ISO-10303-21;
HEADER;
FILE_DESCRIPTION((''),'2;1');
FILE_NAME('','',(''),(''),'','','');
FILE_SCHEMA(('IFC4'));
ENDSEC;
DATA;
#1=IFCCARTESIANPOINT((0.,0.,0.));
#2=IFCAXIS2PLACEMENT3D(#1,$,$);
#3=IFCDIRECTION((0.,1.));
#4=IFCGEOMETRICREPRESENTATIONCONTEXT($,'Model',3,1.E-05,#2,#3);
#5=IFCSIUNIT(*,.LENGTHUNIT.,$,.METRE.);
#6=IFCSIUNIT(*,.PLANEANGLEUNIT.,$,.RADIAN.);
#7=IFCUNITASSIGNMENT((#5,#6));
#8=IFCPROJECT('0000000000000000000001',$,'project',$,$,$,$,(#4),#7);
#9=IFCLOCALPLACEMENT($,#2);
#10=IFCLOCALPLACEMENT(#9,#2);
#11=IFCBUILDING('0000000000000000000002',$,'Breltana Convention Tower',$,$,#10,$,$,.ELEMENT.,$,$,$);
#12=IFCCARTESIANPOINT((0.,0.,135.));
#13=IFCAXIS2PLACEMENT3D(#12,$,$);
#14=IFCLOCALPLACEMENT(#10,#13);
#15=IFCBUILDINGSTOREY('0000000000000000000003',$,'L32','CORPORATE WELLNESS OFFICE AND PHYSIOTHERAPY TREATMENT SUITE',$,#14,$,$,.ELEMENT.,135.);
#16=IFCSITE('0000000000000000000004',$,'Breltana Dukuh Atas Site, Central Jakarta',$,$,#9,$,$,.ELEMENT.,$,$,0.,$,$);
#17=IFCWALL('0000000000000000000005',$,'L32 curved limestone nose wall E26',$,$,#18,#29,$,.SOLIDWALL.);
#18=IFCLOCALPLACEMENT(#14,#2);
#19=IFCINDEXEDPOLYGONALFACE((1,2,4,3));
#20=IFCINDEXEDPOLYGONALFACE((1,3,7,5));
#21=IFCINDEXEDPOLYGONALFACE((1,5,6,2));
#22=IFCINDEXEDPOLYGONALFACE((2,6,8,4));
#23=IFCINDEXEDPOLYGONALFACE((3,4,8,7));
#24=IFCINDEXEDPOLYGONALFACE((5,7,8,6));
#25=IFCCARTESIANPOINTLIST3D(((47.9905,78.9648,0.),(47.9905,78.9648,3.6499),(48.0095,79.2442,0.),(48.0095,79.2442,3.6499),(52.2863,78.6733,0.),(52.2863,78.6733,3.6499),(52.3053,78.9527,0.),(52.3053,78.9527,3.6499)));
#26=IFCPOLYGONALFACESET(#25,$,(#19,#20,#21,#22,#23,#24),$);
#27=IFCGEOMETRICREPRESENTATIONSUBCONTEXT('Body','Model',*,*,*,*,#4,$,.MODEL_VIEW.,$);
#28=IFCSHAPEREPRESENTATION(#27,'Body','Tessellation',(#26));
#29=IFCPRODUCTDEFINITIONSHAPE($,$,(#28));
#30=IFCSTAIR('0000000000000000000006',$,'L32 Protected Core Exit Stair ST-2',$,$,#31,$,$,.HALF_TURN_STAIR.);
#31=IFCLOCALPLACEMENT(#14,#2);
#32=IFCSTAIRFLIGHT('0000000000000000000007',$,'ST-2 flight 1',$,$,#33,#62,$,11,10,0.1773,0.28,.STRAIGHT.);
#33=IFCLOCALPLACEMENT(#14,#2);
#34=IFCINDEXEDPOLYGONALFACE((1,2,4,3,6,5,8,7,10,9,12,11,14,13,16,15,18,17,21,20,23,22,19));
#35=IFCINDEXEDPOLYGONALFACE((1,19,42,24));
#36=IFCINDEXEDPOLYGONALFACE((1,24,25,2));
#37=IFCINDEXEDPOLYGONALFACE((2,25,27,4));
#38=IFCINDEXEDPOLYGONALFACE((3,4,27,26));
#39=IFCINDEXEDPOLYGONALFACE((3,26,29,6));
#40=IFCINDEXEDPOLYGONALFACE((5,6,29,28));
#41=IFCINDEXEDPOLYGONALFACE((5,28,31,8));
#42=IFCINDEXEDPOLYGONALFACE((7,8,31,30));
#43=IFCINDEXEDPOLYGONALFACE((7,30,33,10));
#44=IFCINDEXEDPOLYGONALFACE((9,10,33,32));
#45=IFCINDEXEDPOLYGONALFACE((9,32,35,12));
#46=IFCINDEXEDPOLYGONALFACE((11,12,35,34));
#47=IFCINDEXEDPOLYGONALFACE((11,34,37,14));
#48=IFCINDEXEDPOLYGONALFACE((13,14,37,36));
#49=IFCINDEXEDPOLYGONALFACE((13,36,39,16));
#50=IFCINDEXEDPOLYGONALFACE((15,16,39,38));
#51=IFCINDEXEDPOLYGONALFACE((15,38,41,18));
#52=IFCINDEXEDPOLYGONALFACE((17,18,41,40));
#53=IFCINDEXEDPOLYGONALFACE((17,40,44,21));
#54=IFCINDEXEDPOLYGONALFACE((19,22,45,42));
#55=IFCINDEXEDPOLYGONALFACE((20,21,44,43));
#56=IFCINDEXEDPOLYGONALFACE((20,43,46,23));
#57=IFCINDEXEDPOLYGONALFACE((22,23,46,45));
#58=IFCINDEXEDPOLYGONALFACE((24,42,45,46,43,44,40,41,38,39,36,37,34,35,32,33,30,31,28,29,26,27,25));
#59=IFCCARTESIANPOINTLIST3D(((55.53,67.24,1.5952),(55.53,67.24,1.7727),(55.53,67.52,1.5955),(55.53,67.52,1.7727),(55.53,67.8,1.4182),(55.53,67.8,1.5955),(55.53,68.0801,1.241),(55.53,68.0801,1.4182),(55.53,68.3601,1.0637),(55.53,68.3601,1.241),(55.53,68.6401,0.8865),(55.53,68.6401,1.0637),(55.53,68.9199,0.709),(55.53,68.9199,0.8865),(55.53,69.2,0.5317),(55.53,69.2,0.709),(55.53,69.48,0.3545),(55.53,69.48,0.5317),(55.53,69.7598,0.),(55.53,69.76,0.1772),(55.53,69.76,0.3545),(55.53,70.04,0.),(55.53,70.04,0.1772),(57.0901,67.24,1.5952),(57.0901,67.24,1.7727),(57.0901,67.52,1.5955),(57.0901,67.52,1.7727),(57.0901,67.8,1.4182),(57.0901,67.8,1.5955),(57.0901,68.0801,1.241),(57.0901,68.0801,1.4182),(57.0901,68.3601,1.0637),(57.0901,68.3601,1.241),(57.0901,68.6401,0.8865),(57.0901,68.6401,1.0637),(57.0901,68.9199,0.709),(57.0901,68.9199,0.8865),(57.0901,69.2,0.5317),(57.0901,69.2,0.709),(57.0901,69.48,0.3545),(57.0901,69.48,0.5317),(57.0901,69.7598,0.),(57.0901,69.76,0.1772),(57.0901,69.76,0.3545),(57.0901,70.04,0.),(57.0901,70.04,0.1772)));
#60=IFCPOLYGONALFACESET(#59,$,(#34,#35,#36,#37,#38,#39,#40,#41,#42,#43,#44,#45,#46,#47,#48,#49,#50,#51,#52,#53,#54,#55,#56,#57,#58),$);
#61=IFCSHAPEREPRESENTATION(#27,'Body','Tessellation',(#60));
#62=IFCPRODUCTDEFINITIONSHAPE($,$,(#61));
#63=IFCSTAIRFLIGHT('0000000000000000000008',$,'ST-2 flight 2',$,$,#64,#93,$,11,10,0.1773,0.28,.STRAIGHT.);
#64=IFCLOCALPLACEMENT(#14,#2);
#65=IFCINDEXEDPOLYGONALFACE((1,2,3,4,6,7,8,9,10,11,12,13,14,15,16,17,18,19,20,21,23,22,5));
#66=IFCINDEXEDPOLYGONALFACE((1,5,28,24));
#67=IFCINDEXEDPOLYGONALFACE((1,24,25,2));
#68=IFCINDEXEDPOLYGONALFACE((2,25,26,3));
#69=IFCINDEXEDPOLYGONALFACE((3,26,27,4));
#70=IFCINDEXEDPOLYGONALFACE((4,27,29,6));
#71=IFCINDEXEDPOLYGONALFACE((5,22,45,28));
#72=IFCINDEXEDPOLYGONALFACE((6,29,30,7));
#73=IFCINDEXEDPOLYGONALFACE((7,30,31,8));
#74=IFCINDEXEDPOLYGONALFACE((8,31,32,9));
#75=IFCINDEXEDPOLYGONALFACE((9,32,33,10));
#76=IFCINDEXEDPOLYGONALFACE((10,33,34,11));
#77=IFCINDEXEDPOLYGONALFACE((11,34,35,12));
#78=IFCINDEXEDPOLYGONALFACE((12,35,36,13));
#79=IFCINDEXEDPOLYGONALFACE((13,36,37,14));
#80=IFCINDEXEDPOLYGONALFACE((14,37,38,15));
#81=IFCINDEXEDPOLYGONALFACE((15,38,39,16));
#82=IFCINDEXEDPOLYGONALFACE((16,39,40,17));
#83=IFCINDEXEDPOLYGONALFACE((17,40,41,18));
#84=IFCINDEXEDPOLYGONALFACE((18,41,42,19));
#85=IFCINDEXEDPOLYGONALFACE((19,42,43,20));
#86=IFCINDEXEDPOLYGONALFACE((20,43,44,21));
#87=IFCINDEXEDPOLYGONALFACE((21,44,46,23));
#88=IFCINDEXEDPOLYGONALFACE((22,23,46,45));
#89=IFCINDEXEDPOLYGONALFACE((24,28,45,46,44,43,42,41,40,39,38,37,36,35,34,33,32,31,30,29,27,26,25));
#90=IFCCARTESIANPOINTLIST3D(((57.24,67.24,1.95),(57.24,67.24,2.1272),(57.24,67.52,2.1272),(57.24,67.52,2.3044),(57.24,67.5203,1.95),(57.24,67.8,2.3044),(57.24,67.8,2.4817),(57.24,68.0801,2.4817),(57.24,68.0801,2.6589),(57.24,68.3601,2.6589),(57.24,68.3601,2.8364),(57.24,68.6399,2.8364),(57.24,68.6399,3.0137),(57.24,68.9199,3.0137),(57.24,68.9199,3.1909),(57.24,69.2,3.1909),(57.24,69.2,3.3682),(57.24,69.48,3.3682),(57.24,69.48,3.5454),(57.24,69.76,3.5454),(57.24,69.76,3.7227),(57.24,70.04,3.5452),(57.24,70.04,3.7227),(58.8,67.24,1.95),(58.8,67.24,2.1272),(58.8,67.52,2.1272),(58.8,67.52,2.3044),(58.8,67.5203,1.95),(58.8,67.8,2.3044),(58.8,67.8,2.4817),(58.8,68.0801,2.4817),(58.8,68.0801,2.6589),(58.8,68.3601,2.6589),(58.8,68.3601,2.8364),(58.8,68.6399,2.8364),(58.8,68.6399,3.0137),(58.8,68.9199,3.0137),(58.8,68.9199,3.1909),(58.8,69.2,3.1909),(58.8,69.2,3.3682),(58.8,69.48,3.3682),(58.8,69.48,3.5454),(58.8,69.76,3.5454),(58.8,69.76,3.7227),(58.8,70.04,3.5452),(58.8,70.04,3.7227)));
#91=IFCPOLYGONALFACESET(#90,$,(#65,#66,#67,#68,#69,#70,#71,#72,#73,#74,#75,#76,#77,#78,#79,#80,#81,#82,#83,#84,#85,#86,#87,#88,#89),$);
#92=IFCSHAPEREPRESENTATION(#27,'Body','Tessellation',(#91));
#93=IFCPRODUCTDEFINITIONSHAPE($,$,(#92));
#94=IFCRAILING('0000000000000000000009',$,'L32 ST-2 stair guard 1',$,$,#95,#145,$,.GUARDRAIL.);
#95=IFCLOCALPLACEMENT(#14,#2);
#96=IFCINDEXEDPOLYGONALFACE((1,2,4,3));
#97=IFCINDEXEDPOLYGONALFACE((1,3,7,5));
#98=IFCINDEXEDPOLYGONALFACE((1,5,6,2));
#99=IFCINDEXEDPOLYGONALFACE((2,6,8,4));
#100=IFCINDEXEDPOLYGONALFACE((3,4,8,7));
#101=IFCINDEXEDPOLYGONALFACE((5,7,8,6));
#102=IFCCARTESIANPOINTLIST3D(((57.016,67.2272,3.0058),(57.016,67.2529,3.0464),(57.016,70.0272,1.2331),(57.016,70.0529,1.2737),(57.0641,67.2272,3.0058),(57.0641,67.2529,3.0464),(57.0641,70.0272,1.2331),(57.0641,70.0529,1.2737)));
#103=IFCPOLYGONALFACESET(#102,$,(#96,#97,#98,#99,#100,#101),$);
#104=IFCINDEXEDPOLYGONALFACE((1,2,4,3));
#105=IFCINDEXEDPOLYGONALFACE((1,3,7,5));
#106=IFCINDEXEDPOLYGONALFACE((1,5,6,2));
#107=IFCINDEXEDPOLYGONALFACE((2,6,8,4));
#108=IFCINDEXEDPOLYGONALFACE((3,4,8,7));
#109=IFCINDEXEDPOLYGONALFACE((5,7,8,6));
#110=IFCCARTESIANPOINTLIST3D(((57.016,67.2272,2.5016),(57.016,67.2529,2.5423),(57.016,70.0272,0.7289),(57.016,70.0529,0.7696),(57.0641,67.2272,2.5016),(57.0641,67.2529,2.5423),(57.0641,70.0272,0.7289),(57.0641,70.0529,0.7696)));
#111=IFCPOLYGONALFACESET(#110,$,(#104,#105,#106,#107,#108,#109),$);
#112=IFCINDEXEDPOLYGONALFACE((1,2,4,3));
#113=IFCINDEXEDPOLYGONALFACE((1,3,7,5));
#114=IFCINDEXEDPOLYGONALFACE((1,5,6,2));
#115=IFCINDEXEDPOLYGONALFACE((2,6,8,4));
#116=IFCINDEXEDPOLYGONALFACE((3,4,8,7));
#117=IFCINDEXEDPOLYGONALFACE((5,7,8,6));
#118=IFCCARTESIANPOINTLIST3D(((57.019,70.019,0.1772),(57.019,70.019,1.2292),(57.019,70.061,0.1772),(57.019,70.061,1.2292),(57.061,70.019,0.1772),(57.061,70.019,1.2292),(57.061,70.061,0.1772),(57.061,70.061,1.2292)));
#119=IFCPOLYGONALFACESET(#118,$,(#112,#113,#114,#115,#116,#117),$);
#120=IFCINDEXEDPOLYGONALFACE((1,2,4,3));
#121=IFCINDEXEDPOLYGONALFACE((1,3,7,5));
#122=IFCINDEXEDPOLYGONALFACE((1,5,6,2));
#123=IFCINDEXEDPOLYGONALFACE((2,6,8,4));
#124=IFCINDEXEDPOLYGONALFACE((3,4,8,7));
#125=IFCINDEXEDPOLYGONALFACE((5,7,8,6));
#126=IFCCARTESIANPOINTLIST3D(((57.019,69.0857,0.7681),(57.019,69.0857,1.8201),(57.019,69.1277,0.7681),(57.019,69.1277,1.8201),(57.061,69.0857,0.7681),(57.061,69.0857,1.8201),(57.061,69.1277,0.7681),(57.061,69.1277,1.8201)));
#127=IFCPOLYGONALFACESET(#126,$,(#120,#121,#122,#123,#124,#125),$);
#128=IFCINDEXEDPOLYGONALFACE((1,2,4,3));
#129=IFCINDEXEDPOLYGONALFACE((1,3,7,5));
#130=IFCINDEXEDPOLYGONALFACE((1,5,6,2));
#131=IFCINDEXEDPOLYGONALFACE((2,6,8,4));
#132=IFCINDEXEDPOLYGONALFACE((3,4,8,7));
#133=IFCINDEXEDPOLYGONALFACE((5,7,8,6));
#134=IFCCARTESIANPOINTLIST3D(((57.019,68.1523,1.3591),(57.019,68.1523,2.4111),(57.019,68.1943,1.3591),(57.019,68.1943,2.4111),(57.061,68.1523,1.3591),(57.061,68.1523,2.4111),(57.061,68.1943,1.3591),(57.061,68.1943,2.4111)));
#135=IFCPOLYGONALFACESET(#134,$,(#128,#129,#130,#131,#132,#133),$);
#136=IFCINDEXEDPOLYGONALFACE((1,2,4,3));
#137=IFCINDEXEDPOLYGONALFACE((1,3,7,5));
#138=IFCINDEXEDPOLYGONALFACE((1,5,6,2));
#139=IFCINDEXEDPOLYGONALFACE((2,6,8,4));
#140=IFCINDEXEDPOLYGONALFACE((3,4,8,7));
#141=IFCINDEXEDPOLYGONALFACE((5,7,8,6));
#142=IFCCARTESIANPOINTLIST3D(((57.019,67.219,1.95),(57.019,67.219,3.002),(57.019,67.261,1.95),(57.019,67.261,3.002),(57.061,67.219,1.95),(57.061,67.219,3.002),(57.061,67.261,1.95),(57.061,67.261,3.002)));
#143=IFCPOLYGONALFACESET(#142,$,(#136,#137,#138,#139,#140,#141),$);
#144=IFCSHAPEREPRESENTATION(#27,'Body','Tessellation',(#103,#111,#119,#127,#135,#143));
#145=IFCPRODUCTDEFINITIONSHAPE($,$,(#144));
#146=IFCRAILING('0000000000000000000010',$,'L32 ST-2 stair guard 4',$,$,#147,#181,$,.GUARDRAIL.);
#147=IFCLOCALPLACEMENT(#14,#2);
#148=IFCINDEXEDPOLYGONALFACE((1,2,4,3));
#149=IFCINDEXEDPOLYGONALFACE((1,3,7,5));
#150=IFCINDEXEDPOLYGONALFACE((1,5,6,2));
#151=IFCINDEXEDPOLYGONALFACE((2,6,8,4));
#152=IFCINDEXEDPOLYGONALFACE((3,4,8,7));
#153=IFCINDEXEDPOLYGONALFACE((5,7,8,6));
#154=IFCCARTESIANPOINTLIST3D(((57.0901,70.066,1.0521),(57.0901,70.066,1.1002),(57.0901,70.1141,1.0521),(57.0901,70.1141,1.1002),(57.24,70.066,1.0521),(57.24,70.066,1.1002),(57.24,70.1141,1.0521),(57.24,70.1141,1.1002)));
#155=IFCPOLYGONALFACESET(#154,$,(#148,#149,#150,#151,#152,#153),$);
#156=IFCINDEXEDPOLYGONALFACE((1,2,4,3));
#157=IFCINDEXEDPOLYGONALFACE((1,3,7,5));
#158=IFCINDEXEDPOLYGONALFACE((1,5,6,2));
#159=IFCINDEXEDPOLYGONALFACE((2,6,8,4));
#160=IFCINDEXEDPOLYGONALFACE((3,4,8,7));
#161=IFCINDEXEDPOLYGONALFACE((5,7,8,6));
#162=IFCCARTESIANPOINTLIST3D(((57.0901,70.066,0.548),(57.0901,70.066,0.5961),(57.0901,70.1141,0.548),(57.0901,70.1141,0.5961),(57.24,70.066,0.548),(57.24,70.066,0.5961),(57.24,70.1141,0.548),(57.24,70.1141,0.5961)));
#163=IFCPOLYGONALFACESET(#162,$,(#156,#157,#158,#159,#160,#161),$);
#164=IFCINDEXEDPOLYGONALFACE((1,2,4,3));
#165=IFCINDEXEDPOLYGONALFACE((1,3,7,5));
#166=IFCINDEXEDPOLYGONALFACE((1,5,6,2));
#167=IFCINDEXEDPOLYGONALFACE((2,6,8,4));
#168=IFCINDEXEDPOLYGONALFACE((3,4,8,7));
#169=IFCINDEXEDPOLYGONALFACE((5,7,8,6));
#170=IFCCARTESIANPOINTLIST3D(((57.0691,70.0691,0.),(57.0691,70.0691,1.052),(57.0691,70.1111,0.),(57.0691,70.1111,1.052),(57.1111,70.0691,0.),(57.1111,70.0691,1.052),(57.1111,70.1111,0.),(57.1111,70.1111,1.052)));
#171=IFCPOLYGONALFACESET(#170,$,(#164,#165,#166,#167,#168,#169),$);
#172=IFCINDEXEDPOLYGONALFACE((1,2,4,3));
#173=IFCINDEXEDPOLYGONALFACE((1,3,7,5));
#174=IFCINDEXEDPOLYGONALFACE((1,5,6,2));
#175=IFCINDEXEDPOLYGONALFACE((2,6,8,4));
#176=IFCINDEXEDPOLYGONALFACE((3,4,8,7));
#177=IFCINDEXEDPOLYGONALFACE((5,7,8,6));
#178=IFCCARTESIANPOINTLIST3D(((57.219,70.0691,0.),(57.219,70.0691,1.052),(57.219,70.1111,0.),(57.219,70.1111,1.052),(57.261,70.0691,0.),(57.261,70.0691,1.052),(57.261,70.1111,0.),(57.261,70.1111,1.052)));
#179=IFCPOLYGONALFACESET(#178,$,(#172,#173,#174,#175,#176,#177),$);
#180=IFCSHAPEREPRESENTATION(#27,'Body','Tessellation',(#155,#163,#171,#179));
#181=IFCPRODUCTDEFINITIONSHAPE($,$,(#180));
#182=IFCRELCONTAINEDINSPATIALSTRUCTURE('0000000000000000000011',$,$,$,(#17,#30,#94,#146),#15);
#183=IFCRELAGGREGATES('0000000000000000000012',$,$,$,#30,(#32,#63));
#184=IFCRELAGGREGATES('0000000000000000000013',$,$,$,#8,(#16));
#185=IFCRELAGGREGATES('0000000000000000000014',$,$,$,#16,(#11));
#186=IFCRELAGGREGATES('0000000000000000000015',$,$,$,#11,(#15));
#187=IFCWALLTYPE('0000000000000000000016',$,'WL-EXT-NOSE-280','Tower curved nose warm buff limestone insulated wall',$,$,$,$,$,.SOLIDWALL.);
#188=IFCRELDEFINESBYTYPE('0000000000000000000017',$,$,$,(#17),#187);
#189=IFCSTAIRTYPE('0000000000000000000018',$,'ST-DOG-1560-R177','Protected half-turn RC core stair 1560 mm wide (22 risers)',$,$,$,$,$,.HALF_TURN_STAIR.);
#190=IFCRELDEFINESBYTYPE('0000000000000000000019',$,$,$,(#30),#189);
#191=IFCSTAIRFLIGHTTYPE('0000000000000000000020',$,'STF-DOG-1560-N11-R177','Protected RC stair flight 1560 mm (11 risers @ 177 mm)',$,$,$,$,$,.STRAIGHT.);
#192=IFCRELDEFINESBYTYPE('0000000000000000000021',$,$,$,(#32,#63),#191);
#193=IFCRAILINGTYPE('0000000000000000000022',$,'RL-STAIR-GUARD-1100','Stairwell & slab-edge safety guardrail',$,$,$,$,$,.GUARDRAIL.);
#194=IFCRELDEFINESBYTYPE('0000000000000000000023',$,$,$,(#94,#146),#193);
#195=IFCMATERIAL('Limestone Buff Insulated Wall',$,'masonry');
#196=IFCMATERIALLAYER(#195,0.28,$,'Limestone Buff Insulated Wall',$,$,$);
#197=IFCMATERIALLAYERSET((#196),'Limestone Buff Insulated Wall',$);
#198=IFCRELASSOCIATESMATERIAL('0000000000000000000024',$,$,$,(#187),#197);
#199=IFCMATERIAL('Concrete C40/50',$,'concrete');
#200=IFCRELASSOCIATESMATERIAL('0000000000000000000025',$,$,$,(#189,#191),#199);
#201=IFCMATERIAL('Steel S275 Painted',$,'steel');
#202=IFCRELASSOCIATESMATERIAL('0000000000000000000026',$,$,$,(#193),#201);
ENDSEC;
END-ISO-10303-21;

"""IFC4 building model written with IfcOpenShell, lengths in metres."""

from ifc_helpers import new_model, si_unit, direction, frame, frame_2d, origin, origin_2d, place, context, subcontext, project, spatial, polyline, rectangle, outline, extrude, source, transform, mapped, material, layer, layer_set, type_object, element, aggregate, save


model = new_model("IFC4")

# Units and contexts
model_context = context("Model", 3, precision=1e-05, world=origin(), true_north=direction((0.0, 1.0)))
body_context = subcontext(model_context, "Body", "Model", "MODEL_VIEW")
ifc_project = project(units=[si_unit("LENGTHUNIT", "METRE"), si_unit("PLANEANGLEUNIT", "RADIAN")], contexts=[model_context])

# Site, building, storey
site_placement = place(None, origin())
site = spatial("IfcSite", under=ifc_project, at=site_placement, Name="Breltana Dukuh Atas Site, Central Jakarta", CompositionType="ELEMENT", RefElevation=0.0)
building_placement = place(site_placement, origin())
building = spatial("IfcBuilding", under=site, at=building_placement, Name="Breltana Convention Tower", CompositionType="ELEMENT")
storey_placement = place(building_placement, frame((0.0, 0.0, 135.0)))
storey = spatial("IfcBuildingStorey", under=building, at=storey_placement, Name="L32", Description="CORPORATE WELLNESS OFFICE AND PHYSIOTHERAPY TREATMENT SUITE", CompositionType="ELEMENT", Elevation=135.0)

# Wall
ifc_material_1 = material(Name="Limestone Buff Insulated Wall", Category="masonry")
ifc_layer_1 = layer(ifc_material_1, 0.28, Name="Limestone Buff Insulated Wall")
ifc_layer_set_1 = layer_set([ifc_layer_1], Name="Limestone Buff Insulated Wall")
wall_type_1 = type_object("IfcWallType", Name="WL-EXT-NOSE-280", Description="Tower curved nose warm buff limestone insulated wall", PredefinedType="SOLIDWALL", material=ifc_layer_set_1)
shared_shape_1 = source(origin(), body_context, "Body", "SweptSolid", [
    extrude(rectangle(XDim=4.3057, YDim=0.28, at=frame_2d((2.1528, 0.0))), origin(), (0.0, 0.0, 1.0), 3.6499),
])
wall_1_placement = place(storey_placement, frame((48.0, 79.1045, 0.0), z_axis=(0.0, 0.0, 1.0), x_axis=(0.997706, -0.067701, 0.0)))
element("IfcWall", 1, at=wall_1_placement, inside=storey, type_object=wall_type_1, Name="L32 curved limestone nose wall E26", PredefinedType="SOLIDWALL", context=body_context, shape_type="MappedRepresentation", body=[
    mapped(shared_shape_1, transform((0.0, 0.0, 0.0), scale=1.0)),
])

# Stair, stair flights
ifc_material_2 = material(Name="Concrete C40/50", Category="concrete")
stair_type = type_object("IfcStairType", Name="ST-DOG-1560-R177", Description="Protected half-turn RC core stair 1560 mm wide (22 risers)", PredefinedType="HALF_TURN_STAIR", material=ifc_material_2)
stair_placement = place(storey_placement, origin())
stair = element("IfcStair", 2, at=stair_placement, inside=storey, type_object=stair_type, Name="L32 Protected Core Exit Stair ST-2", PredefinedType="HALF_TURN_STAIR")
stair_flight_type = type_object("IfcStairFlightType", Name="STF-DOG-1560-N11-R177", Description="Protected RC stair flight 1560 mm (11 risers @ 177 mm)", PredefinedType="STRAIGHT", material=ifc_material_2)
stair_flight_1_placement = place(storey_placement, frame((56.3101, 70.04, 0.0), z_axis=(0.0, 0.0, 1.0), x_axis=(0.0, -1.0, 0.0)))
stair_flight_1 = element("IfcStairFlight", 3, at=stair_flight_1_placement, type_object=stair_flight_type, Name="ST-2 flight 1", NumberOfRisers=11, NumberOfTreads=10, PredefinedType="STRAIGHT", RiserHeight=0.1773, TreadLength=0.28, context=body_context, shape_type="SweptSolid", body=[
    extrude(outline(polyline([(0.0, 0.0), (0.0, 0.1772), (0.28, 0.1772), (0.28, 0.3545), (0.5601, 0.3545), (0.5601, 0.5317), (0.8401, 0.5317), (0.8401, 0.709), (1.1201, 0.709), (1.1201, 0.8865), (1.3999, 0.8865), (1.3999, 1.0637), (1.6799, 1.0637), (1.6799, 1.241), (1.96, 1.241), (1.96, 1.4182), (2.24, 1.4182), (2.24, 1.5955), (2.52, 1.5955), (2.52, 1.7727), (2.8, 1.7727), (2.8, 1.95), (2.8, 1.5952), (0.2803, 0.0), (0.0, 0.0)])), frame((0.0, 0.78, 0.0), z_axis=(0.0, -1.0, 0.0), x_axis=(1.0, 0.0, 0.0)), (0.0, 0.0, 1.0), 1.5601),
])
stair_flight_2_placement = place(storey_placement, frame((58.02, 67.24, 1.95), z_axis=(0.0, 0.0, 1.0), x_axis=(0.0, 1.0, 0.0)))
stair_flight_2 = element("IfcStairFlight", 4, at=stair_flight_2_placement, type_object=stair_flight_type, Name="ST-2 flight 2", NumberOfRisers=11, NumberOfTreads=10, PredefinedType="STRAIGHT", RiserHeight=0.1773, TreadLength=0.28, context=body_context, shape_type="SweptSolid", body=[
    extrude(outline(polyline([(0.0, 0.0), (0.0, 0.1772), (0.28, 0.1772), (0.28, 0.3545), (0.5601, 0.3545), (0.5601, 0.5317), (0.8401, 0.5317), (0.8401, 0.709), (1.1201, 0.709), (1.1201, 0.8865), (1.3999, 0.8865), (1.3999, 1.0637), (1.6799, 1.0637), (1.6799, 1.241), (1.96, 1.241), (1.96, 1.4182), (2.24, 1.4182), (2.24, 1.5955), (2.52, 1.5955), (2.52, 1.7727), (2.8, 1.7727), (2.8, 1.95), (2.8, 1.5952), (0.2803, 0.0), (0.0, 0.0)])), frame((0.0, 0.78, 0.0), z_axis=(0.0, -1.0, 0.0), x_axis=(1.0, 0.0, 0.0)), (0.0, 0.0, 1.0), 1.5601),
])
aggregate(stair, [stair_flight_1, stair_flight_2])

# Railings
ifc_material_3 = material(Name="Steel S275 Painted", Category="steel")
railing_type_1 = type_object("IfcRailingType", Name="RL-STAIR-GUARD-1100", Description="Stairwell & slab-edge safety guardrail", PredefinedType="GUARDRAIL", material=ifc_material_3)
railing_1_placement = place(storey_placement, frame((57.04, 70.04, 0.1772)))
element("IfcRailing", 5, at=railing_1_placement, inside=storey, type_object=railing_type_1, Name="L32 ST-2 stair guard 1", PredefinedType="GUARDRAIL", context=body_context, shape_type="SweptSolid", body=[
    extrude(rectangle(XDim=0.0481, YDim=0.0481, at=origin_2d()), frame((0.0, 0.0, 1.0762), z_axis=(0.0, -0.844909, 0.53491), x_axis=(1.0, 0.0, 0.0)), (0.0, 0.0, 1.0), 3.314),
    extrude(rectangle(XDim=0.0481, YDim=0.0481, at=origin_2d()), frame((0.0, 0.0, 0.572), z_axis=(0.0, -0.844909, 0.53491), x_axis=(1.0, 0.0, 0.0)), (0.0, 0.0, 1.0), 3.314),
    extrude(rectangle(XDim=0.042, YDim=0.042, at=origin_2d()), origin(), (0.0, 0.0, 1.0), 1.052),
    extrude(rectangle(XDim=0.042, YDim=0.042, at=origin_2d()), frame((0.0, -0.9333, 0.5908)), (0.0, 0.0, 1.0), 1.052),
    extrude(rectangle(XDim=0.042, YDim=0.042, at=origin_2d()), frame((0.0, -1.8667, 1.1819)), (0.0, 0.0, 1.0), 1.052),
    extrude(rectangle(XDim=0.042, YDim=0.042, at=origin_2d()), frame((0.0, -2.8, 1.7727)), (0.0, 0.0, 1.0), 1.052),
])
railing_2_placement = place(storey_placement, frame((57.0901, 70.0901, 0.0)))
element("IfcRailing", 6, at=railing_2_placement, inside=storey, type_object=railing_type_1, Name="L32 ST-2 stair guard 4", PredefinedType="GUARDRAIL", context=body_context, shape_type="SweptSolid", body=[
    extrude(rectangle(XDim=0.0481, YDim=0.0481, at=origin_2d()), frame((0.0, 0.0, 1.0762), z_axis=(1.0, 0.0, 0.0), x_axis=(0.0, 1.0, 0.0)), (0.0, 0.0, 1.0), 0.1499),
    extrude(rectangle(XDim=0.0481, YDim=0.0481, at=origin_2d()), frame((0.0, 0.0, 0.572), z_axis=(1.0, 0.0, 0.0), x_axis=(0.0, 1.0, 0.0)), (0.0, 0.0, 1.0), 0.1499),
    extrude(rectangle(XDim=0.042, YDim=0.042, at=origin_2d()), origin(), (0.0, 0.0, 1.0), 1.052),
    extrude(rectangle(XDim=0.042, YDim=0.042, at=origin_2d()), frame((0.1499, 0.0, 0.0)), (0.0, 0.0, 1.0), 1.052),
])

save(model, "model.ifc")
